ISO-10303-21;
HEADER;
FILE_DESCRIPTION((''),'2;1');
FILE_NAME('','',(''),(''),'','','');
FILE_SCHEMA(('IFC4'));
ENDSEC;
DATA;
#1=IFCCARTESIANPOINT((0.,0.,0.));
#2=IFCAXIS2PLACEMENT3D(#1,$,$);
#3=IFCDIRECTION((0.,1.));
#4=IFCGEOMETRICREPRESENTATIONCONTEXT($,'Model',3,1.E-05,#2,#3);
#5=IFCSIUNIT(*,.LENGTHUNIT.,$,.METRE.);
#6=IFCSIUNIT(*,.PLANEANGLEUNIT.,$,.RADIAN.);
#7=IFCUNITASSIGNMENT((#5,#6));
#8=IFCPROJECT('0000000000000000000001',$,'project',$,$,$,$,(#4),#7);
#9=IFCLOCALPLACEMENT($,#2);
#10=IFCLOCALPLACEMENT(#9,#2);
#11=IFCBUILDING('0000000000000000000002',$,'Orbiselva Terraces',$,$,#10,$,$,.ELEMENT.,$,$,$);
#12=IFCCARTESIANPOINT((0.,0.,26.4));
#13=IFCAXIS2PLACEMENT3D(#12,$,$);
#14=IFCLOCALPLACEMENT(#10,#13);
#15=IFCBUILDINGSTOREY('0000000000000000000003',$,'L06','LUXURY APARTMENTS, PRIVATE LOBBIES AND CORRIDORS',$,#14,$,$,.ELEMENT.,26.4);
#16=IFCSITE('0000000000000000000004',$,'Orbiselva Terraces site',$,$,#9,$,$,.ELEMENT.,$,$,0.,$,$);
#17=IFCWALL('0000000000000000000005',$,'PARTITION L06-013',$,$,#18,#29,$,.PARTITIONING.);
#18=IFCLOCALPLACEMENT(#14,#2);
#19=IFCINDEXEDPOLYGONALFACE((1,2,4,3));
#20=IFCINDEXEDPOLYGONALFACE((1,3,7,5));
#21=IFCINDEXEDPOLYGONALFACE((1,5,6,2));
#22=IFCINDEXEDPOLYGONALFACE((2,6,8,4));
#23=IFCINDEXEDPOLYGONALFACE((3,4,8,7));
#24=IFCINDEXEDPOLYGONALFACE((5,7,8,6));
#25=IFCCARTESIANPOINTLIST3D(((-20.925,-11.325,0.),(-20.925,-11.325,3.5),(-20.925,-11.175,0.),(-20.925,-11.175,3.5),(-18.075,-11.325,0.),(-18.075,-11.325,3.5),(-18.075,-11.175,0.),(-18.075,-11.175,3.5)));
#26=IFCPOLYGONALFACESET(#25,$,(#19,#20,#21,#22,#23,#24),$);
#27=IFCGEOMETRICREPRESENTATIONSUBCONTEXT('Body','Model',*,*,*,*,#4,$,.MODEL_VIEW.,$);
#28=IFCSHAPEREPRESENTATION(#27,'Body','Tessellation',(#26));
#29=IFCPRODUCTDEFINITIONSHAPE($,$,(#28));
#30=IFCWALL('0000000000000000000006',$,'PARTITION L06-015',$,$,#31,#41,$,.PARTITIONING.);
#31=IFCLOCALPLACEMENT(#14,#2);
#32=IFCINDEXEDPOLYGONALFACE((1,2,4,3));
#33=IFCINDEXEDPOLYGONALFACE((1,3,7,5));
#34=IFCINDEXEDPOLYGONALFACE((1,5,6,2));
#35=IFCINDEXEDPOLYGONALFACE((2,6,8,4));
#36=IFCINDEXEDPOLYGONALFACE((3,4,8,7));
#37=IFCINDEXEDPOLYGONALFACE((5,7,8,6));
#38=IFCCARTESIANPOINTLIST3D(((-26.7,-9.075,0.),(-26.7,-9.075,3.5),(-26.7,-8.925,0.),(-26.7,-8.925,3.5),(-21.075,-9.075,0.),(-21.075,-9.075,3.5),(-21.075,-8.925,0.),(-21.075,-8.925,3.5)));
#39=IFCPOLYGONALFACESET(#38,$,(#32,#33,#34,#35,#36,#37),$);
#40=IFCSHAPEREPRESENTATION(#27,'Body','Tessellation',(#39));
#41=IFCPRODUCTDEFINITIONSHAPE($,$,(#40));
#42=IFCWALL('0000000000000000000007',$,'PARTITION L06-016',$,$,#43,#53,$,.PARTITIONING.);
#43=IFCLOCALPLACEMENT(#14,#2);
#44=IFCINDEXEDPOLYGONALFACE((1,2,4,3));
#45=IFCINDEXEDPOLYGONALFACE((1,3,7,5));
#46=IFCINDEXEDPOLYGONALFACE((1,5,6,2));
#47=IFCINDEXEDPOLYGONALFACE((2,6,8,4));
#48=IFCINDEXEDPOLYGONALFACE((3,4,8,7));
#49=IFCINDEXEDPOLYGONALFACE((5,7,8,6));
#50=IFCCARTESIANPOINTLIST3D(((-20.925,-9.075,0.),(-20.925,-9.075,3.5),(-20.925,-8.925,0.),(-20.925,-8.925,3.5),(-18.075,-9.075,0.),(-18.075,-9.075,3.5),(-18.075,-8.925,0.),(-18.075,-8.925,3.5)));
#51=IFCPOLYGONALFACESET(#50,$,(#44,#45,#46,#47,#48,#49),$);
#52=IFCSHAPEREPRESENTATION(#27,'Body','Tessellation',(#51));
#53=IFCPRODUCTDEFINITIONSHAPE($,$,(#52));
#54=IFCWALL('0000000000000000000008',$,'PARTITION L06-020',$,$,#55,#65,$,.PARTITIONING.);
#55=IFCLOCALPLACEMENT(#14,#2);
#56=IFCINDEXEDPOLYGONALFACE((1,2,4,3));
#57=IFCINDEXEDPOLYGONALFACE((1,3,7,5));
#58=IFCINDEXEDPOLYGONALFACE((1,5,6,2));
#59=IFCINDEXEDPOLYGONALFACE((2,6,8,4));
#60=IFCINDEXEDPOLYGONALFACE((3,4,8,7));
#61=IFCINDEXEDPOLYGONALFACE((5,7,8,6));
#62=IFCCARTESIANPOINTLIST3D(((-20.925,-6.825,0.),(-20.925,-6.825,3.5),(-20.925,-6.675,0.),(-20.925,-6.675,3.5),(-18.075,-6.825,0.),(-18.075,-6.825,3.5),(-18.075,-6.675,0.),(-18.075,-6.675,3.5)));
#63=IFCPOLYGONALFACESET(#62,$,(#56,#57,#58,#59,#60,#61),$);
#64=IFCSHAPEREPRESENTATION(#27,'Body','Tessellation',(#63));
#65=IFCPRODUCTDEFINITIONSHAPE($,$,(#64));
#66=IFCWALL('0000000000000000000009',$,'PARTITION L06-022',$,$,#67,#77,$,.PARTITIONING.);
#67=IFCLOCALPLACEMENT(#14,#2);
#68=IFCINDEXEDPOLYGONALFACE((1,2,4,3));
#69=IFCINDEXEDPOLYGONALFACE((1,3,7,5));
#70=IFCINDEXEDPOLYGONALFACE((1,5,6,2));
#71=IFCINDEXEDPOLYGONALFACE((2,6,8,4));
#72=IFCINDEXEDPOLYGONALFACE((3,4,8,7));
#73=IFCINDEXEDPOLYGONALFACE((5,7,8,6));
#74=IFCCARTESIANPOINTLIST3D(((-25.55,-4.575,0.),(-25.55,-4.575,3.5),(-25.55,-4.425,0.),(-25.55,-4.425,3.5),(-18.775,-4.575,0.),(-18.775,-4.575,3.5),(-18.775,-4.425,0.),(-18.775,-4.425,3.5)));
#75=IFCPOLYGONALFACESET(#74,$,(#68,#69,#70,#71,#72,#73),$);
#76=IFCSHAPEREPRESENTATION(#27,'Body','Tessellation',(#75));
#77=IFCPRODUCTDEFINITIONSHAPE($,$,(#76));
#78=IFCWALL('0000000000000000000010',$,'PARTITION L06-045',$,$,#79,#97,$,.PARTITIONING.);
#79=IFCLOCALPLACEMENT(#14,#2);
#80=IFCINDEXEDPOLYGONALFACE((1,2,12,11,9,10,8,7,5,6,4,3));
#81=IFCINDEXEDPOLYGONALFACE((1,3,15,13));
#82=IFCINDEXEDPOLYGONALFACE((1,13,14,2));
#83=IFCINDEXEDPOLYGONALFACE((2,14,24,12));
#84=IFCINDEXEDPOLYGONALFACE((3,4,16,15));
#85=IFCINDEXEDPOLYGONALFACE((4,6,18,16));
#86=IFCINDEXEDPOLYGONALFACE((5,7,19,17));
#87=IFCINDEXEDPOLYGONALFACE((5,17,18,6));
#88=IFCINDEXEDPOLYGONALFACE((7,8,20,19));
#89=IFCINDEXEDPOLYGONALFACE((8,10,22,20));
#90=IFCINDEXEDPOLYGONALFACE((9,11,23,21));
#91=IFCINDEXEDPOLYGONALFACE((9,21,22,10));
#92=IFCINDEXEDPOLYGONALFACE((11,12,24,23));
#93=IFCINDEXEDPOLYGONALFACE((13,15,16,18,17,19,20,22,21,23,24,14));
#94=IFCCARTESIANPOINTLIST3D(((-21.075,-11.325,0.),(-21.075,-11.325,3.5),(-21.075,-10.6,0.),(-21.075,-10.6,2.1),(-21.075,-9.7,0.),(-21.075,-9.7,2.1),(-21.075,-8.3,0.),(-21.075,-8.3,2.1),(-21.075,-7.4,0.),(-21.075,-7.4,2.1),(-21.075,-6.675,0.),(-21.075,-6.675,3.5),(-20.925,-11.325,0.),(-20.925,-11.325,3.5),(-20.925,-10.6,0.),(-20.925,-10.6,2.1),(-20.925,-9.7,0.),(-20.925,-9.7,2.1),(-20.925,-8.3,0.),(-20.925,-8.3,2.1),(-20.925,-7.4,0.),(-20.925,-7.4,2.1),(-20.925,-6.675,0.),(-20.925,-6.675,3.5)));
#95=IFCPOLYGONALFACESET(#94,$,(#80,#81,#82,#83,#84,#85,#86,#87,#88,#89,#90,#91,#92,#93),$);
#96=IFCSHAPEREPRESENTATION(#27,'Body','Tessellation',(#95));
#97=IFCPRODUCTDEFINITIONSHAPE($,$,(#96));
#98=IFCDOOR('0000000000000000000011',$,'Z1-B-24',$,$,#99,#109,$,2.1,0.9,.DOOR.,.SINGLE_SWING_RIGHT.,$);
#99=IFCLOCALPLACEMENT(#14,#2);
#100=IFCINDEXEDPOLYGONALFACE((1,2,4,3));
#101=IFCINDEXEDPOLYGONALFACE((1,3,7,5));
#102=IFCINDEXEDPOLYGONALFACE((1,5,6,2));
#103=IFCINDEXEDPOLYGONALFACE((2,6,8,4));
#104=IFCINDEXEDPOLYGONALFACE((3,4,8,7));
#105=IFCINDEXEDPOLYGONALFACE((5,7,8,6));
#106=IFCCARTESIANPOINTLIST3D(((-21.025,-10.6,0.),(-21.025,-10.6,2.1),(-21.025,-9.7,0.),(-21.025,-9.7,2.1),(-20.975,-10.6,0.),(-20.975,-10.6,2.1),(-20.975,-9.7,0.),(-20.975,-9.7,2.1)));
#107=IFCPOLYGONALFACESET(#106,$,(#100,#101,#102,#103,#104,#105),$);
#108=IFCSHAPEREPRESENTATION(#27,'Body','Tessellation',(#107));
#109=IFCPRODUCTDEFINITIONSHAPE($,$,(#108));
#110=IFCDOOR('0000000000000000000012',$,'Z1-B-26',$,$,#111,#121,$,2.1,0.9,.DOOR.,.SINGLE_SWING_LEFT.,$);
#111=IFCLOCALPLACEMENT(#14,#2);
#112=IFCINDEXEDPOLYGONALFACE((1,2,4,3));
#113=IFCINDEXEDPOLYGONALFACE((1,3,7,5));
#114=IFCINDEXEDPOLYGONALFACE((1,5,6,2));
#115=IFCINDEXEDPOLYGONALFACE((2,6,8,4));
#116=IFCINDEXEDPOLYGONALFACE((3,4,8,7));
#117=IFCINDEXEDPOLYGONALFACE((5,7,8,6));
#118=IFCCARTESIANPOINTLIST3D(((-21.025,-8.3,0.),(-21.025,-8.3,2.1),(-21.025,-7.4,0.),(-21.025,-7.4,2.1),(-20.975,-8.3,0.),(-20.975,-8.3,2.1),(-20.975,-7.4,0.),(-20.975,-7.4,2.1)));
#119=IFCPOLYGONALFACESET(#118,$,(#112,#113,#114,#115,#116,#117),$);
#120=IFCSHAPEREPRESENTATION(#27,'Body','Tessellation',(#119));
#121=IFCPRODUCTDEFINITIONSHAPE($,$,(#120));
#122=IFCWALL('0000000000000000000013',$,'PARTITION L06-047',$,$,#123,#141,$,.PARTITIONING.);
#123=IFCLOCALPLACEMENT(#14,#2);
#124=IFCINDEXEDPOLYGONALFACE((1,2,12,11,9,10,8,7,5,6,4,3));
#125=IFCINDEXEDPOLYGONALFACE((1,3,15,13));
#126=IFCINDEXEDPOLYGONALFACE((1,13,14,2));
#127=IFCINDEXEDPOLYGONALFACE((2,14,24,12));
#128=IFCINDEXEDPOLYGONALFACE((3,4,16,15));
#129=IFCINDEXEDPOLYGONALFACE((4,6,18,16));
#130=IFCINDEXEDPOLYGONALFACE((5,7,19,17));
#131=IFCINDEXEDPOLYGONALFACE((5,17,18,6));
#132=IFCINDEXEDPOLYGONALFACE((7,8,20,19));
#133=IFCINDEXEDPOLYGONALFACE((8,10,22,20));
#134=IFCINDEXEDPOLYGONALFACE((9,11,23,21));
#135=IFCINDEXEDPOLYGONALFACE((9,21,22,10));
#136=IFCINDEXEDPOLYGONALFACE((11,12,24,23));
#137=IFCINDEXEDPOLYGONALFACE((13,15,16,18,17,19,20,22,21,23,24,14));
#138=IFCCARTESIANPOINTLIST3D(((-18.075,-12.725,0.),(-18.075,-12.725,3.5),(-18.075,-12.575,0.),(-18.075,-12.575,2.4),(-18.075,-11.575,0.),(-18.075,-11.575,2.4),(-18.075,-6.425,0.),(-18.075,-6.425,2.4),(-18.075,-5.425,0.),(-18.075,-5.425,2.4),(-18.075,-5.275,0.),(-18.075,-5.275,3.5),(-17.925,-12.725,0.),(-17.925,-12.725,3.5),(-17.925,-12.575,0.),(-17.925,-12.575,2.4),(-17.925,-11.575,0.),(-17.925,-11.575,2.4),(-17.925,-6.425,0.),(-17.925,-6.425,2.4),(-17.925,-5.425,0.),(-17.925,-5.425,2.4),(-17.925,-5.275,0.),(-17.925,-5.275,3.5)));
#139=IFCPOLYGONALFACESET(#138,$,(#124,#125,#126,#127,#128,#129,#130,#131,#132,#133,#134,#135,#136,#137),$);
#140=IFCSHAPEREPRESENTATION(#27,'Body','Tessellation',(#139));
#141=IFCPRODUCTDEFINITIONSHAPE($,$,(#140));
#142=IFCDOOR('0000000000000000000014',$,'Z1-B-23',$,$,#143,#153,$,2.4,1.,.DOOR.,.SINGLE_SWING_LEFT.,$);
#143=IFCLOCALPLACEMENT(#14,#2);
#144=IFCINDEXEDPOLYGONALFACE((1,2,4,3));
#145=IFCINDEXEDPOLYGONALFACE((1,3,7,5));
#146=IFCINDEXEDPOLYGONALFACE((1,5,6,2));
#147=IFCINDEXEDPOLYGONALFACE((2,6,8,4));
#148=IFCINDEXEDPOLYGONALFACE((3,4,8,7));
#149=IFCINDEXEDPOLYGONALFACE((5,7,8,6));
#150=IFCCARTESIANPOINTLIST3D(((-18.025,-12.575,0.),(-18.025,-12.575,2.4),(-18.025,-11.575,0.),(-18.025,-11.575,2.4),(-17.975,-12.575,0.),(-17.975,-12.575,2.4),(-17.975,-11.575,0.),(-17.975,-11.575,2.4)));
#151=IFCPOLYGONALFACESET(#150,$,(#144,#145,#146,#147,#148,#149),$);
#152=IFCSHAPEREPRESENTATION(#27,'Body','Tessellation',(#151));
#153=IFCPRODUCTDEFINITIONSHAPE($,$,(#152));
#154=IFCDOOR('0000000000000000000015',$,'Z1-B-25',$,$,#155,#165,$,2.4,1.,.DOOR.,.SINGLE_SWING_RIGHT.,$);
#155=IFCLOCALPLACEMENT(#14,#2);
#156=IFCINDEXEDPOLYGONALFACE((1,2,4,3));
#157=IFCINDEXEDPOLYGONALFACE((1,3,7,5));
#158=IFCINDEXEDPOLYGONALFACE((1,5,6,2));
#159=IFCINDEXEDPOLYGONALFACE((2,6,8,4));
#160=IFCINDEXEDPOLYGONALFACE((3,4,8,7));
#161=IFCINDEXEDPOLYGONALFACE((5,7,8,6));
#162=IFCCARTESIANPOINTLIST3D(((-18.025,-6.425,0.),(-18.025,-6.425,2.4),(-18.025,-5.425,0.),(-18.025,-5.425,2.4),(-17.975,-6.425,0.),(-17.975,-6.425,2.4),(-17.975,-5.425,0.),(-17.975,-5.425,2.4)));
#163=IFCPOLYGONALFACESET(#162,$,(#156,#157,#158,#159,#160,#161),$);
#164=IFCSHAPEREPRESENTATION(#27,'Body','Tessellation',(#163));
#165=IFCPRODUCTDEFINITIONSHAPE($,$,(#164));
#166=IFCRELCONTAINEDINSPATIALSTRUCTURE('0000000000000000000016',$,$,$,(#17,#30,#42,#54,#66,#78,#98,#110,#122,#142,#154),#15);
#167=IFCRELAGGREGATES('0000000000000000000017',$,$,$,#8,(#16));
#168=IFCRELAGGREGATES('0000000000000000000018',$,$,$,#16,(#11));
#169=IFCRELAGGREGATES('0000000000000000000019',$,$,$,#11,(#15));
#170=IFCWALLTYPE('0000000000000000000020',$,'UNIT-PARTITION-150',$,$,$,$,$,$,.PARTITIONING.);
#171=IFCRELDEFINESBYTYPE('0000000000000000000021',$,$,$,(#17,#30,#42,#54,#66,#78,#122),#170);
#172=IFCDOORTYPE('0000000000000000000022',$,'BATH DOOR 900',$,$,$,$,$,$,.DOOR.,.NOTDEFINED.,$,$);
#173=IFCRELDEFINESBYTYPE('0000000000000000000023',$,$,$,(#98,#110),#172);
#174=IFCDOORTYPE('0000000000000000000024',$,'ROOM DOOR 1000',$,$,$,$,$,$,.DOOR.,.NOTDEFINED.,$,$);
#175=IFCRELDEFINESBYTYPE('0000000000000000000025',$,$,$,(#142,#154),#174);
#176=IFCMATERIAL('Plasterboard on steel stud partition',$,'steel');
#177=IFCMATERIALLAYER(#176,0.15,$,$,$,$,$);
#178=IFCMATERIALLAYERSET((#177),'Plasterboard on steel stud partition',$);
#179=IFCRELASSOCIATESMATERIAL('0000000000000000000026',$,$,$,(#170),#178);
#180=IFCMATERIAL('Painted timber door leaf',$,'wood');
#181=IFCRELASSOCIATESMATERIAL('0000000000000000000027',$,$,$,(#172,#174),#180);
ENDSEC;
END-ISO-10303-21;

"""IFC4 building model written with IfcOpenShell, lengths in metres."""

from ifc_helpers import new_model, si_unit, direction, frame, frame_2d, origin, place, context, subcontext, project, spatial, rectangle, extrude, material, layer, layer_set, type_object, element, fill, save


model = new_model("IFC4")

# Units and contexts
model_context = context("Model", 3, precision=1e-05, world=origin(), true_north=direction((0.0, 1.0)))
body_context = subcontext(model_context, "Body", "Model", "MODEL_VIEW")
ifc_project = project(units=[si_unit("LENGTHUNIT", "METRE"), si_unit("PLANEANGLEUNIT", "RADIAN")], contexts=[model_context])

# Site, building, storey
site_placement = place(None, origin())
site = spatial("IfcSite", under=ifc_project, at=site_placement, Name="Orbiselva Terraces site", CompositionType="ELEMENT", RefElevation=0.0)
building_placement = place(site_placement, origin())
building = spatial("IfcBuilding", under=site, at=building_placement, Name="Orbiselva Terraces", CompositionType="ELEMENT")
storey_placement = place(building_placement, frame((0.0, 0.0, 26.4)))
storey = spatial("IfcBuildingStorey", under=building, at=storey_placement, Name="L06", Description="LUXURY APARTMENTS, PRIVATE LOBBIES AND CORRIDORS", CompositionType="ELEMENT", Elevation=26.4)

# Walls
ifc_material_1 = material(Name="Plasterboard on steel stud partition", Category="steel")
ifc_layer_1 = layer(ifc_material_1, 0.15)
ifc_layer_set_1 = layer_set([ifc_layer_1], Name="Plasterboard on steel stud partition")
wall_type_1 = type_object("IfcWallType", Name="UNIT-PARTITION-150", PredefinedType="PARTITIONING", material=ifc_layer_set_1)
wall_1_placement = place(storey_placement, frame((-20.925, -11.25, 0.0), z_axis=(0.0, 0.0, 1.0), x_axis=(1.0, 0.0, 0.0)))
element("IfcWall", 1, at=wall_1_placement, inside=storey, type_object=wall_type_1, Name="PARTITION L06-013", PredefinedType="PARTITIONING", context=body_context, shape_type="SweptSolid", body=[
    extrude(rectangle(XDim=2.85, YDim=0.15, at=frame_2d((1.425, 0.0))), origin(), (0.0, 0.0, 1.0), 3.5),
])
wall_2_placement = place(storey_placement, frame((-26.7, -9.0, 0.0), z_axis=(0.0, 0.0, 1.0), x_axis=(1.0, 0.0, 0.0)))
element("IfcWall", 2, at=wall_2_placement, inside=storey, type_object=wall_type_1, Name="PARTITION L06-015", PredefinedType="PARTITIONING", context=body_context, shape_type="SweptSolid", body=[
    extrude(rectangle(XDim=5.625, YDim=0.15, at=frame_2d((2.8125, 0.0))), origin(), (0.0, 0.0, 1.0), 3.5),
])
for number, where, z_axis, x_axis, name in (
    (3, (-20.925, -9.0, 0.0), (0.0, 0.0, 1.0), (1.0, 0.0, 0.0), "PARTITION L06-016"),
    (4, (-20.925, -6.75, 0.0), (0.0, 0.0, 1.0), (1.0, 0.0, 0.0), "PARTITION L06-020"),
):
    element("IfcWall", number, at=place(storey_placement, frame(where, z_axis=z_axis, x_axis=x_axis)), inside=storey, type_object=wall_type_1, Name=name, PredefinedType="PARTITIONING", context=body_context, shape_type="SweptSolid", body=[
        extrude(rectangle(XDim=2.85, YDim=0.15, at=frame_2d((1.425, 0.0))), origin(), (0.0, 0.0, 1.0), 3.5),
    ])
wall_3_placement = place(storey_placement, frame((-25.55, -4.5, 0.0), z_axis=(0.0, 0.0, 1.0), x_axis=(1.0, 0.0, 0.0)))
element("IfcWall", 5, at=wall_3_placement, inside=storey, type_object=wall_type_1, Name="PARTITION L06-022", PredefinedType="PARTITIONING", context=body_context, shape_type="SweptSolid", body=[
    extrude(rectangle(XDim=6.775, YDim=0.15, at=frame_2d((3.3875, 0.0))), origin(), (0.0, 0.0, 1.0), 3.5),
])

# Walls, openings, doors
wall_4_placement = place(storey_placement, frame((-21.0, -6.675, 0.0), z_axis=(0.0, 0.0, 1.0), x_axis=(0.0, -1.0, 0.0)))
wall_4 = element("IfcWall", 6, at=wall_4_placement, inside=storey, type_object=wall_type_1, Name="PARTITION L06-045", PredefinedType="PARTITIONING", context=body_context, shape_type="SweptSolid", body=[
    extrude(rectangle(XDim=4.65, YDim=0.15, at=frame_2d((2.325, 0.0))), origin(), (0.0, 0.0, 1.0), 3.5),
])
opening_1_placement = place(wall_4_placement, frame((3.025, 0.0, 0.0)))
opening_1 = element("IfcOpeningElement", 7, at=opening_1_placement, cuts=wall_4, PredefinedType="OPENING", context=body_context, shape_type="SweptSolid", body=[
    extrude(rectangle(XDim=0.9, YDim=2.1, at=frame_2d((0.45, 1.05))), frame((0.0, 0.085, 0.0), z_axis=(0.0, -1.0, 0.0), x_axis=(1.0, 0.0, 0.0)), (0.0, 0.0, 1.0), 0.17),
])
opening_2_placement = place(wall_4_placement, frame((0.725, 0.0, 0.0)))
opening_2 = element("IfcOpeningElement", 8, at=opening_2_placement, cuts=wall_4, PredefinedType="OPENING", context=body_context, shape_type="SweptSolid", body=[
    extrude(rectangle(XDim=0.9, YDim=2.1, at=frame_2d((0.45, 1.05))), frame((0.0, 0.085, 0.0), z_axis=(0.0, -1.0, 0.0), x_axis=(1.0, 0.0, 0.0)), (0.0, 0.0, 1.0), 0.17),
])
ifc_material_2 = material(Name="Painted timber door leaf", Category="wood")
door_type_1 = type_object("IfcDoorType", Name="BATH DOOR 900", OperationType="NOTDEFINED", PredefinedType="DOOR", material=ifc_material_2)
door_1_placement = place(opening_1_placement, origin())
door_1 = element("IfcDoor", 9, at=door_1_placement, inside=storey, type_object=door_type_1, Name="Z1-B-24", OperationType="SINGLE_SWING_RIGHT", OverallHeight=2.1, OverallWidth=0.9, PredefinedType="DOOR", context=body_context, shape_type="SweptSolid", body=[
    extrude(rectangle(XDim=0.9, YDim=2.1, at=frame_2d((0.45, 1.05))), frame((0.0, 0.025, 0.0), z_axis=(0.0, -1.0, 0.0), x_axis=(1.0, 0.0, 0.0)), (0.0, 0.0, 1.0), 0.05),
])
fill(opening_1, door_1)
door_2_placement = place(opening_2_placement, origin())
door_2 = element("IfcDoor", 10, at=door_2_placement, inside=storey, type_object=door_type_1, Name="Z1-B-26", OperationType="SINGLE_SWING_LEFT", OverallHeight=2.1, OverallWidth=0.9, PredefinedType="DOOR", context=body_context, shape_type="SweptSolid", body=[
    extrude(rectangle(XDim=0.9, YDim=2.1, at=frame_2d((0.45, 1.05))), frame((0.0, 0.025, 0.0), z_axis=(0.0, -1.0, 0.0), x_axis=(1.0, 0.0, 0.0)), (0.0, 0.0, 1.0), 0.05),
])
fill(opening_2, door_2)
wall_5_placement = place(storey_placement, frame((-18.0, -12.725, 0.0), z_axis=(0.0, 0.0, 1.0), x_axis=(0.0, 1.0, 0.0)))
wall_5 = element("IfcWall", 11, at=wall_5_placement, inside=storey, type_object=wall_type_1, Name="PARTITION L06-047", PredefinedType="PARTITIONING", context=body_context, shape_type="SweptSolid", body=[
    extrude(rectangle(XDim=7.45, YDim=0.15, at=frame_2d((3.725, 0.0))), origin(), (0.0, 0.0, 1.0), 3.5),
])
opening_3_placement = place(wall_5_placement, frame((0.15, 0.0, 0.0)))
opening_3 = element("IfcOpeningElement", 12, at=opening_3_placement, cuts=wall_5, PredefinedType="OPENING", context=body_context, shape_type="SweptSolid", body=[
    extrude(rectangle(XDim=1.0, YDim=2.4, at=frame_2d((0.5, 1.2))), frame((0.0, 0.085, 0.0), z_axis=(0.0, -1.0, 0.0), x_axis=(1.0, 0.0, 0.0)), (0.0, 0.0, 1.0), 0.17),
])
opening_4_placement = place(wall_5_placement, frame((6.3, 0.0, 0.0)))
opening_4 = element("IfcOpeningElement", 13, at=opening_4_placement, cuts=wall_5, PredefinedType="OPENING", context=body_context, shape_type="SweptSolid", body=[
    extrude(rectangle(XDim=1.0, YDim=2.4, at=frame_2d((0.5, 1.2))), frame((0.0, 0.085, 0.0), z_axis=(0.0, -1.0, 0.0), x_axis=(1.0, 0.0, 0.0)), (0.0, 0.0, 1.0), 0.17),
])
door_type_2 = type_object("IfcDoorType", Name="ROOM DOOR 1000", OperationType="NOTDEFINED", PredefinedType="DOOR", material=ifc_material_2)
door_3_placement = place(opening_3_placement, origin())
door_3 = element("IfcDoor", 14, at=door_3_placement, inside=storey, type_object=door_type_2, Name="Z1-B-23", OperationType="SINGLE_SWING_LEFT", OverallHeight=2.4, OverallWidth=1.0, PredefinedType="DOOR", context=body_context, shape_type="SweptSolid", body=[
    extrude(rectangle(XDim=1.0, YDim=2.4, at=frame_2d((0.5, 1.2))), frame((0.0, 0.025, 0.0), z_axis=(0.0, -1.0, 0.0), x_axis=(1.0, 0.0, 0.0)), (0.0, 0.0, 1.0), 0.05),
])
fill(opening_3, door_3)
door_4_placement = place(opening_4_placement, origin())
door_4 = element("IfcDoor", 15, at=door_4_placement, inside=storey, type_object=door_type_2, Name="Z1-B-25", OperationType="SINGLE_SWING_RIGHT", OverallHeight=2.4, OverallWidth=1.0, PredefinedType="DOOR", context=body_context, shape_type="SweptSolid", body=[
    extrude(rectangle(XDim=1.0, YDim=2.4, at=frame_2d((0.5, 1.2))), frame((0.0, 0.025, 0.0), z_axis=(0.0, -1.0, 0.0), x_axis=(1.0, 0.0, 0.0)), (0.0, 0.0, 1.0), 0.05),
])
fill(opening_4, door_4)

save(model, "model.ifc")
